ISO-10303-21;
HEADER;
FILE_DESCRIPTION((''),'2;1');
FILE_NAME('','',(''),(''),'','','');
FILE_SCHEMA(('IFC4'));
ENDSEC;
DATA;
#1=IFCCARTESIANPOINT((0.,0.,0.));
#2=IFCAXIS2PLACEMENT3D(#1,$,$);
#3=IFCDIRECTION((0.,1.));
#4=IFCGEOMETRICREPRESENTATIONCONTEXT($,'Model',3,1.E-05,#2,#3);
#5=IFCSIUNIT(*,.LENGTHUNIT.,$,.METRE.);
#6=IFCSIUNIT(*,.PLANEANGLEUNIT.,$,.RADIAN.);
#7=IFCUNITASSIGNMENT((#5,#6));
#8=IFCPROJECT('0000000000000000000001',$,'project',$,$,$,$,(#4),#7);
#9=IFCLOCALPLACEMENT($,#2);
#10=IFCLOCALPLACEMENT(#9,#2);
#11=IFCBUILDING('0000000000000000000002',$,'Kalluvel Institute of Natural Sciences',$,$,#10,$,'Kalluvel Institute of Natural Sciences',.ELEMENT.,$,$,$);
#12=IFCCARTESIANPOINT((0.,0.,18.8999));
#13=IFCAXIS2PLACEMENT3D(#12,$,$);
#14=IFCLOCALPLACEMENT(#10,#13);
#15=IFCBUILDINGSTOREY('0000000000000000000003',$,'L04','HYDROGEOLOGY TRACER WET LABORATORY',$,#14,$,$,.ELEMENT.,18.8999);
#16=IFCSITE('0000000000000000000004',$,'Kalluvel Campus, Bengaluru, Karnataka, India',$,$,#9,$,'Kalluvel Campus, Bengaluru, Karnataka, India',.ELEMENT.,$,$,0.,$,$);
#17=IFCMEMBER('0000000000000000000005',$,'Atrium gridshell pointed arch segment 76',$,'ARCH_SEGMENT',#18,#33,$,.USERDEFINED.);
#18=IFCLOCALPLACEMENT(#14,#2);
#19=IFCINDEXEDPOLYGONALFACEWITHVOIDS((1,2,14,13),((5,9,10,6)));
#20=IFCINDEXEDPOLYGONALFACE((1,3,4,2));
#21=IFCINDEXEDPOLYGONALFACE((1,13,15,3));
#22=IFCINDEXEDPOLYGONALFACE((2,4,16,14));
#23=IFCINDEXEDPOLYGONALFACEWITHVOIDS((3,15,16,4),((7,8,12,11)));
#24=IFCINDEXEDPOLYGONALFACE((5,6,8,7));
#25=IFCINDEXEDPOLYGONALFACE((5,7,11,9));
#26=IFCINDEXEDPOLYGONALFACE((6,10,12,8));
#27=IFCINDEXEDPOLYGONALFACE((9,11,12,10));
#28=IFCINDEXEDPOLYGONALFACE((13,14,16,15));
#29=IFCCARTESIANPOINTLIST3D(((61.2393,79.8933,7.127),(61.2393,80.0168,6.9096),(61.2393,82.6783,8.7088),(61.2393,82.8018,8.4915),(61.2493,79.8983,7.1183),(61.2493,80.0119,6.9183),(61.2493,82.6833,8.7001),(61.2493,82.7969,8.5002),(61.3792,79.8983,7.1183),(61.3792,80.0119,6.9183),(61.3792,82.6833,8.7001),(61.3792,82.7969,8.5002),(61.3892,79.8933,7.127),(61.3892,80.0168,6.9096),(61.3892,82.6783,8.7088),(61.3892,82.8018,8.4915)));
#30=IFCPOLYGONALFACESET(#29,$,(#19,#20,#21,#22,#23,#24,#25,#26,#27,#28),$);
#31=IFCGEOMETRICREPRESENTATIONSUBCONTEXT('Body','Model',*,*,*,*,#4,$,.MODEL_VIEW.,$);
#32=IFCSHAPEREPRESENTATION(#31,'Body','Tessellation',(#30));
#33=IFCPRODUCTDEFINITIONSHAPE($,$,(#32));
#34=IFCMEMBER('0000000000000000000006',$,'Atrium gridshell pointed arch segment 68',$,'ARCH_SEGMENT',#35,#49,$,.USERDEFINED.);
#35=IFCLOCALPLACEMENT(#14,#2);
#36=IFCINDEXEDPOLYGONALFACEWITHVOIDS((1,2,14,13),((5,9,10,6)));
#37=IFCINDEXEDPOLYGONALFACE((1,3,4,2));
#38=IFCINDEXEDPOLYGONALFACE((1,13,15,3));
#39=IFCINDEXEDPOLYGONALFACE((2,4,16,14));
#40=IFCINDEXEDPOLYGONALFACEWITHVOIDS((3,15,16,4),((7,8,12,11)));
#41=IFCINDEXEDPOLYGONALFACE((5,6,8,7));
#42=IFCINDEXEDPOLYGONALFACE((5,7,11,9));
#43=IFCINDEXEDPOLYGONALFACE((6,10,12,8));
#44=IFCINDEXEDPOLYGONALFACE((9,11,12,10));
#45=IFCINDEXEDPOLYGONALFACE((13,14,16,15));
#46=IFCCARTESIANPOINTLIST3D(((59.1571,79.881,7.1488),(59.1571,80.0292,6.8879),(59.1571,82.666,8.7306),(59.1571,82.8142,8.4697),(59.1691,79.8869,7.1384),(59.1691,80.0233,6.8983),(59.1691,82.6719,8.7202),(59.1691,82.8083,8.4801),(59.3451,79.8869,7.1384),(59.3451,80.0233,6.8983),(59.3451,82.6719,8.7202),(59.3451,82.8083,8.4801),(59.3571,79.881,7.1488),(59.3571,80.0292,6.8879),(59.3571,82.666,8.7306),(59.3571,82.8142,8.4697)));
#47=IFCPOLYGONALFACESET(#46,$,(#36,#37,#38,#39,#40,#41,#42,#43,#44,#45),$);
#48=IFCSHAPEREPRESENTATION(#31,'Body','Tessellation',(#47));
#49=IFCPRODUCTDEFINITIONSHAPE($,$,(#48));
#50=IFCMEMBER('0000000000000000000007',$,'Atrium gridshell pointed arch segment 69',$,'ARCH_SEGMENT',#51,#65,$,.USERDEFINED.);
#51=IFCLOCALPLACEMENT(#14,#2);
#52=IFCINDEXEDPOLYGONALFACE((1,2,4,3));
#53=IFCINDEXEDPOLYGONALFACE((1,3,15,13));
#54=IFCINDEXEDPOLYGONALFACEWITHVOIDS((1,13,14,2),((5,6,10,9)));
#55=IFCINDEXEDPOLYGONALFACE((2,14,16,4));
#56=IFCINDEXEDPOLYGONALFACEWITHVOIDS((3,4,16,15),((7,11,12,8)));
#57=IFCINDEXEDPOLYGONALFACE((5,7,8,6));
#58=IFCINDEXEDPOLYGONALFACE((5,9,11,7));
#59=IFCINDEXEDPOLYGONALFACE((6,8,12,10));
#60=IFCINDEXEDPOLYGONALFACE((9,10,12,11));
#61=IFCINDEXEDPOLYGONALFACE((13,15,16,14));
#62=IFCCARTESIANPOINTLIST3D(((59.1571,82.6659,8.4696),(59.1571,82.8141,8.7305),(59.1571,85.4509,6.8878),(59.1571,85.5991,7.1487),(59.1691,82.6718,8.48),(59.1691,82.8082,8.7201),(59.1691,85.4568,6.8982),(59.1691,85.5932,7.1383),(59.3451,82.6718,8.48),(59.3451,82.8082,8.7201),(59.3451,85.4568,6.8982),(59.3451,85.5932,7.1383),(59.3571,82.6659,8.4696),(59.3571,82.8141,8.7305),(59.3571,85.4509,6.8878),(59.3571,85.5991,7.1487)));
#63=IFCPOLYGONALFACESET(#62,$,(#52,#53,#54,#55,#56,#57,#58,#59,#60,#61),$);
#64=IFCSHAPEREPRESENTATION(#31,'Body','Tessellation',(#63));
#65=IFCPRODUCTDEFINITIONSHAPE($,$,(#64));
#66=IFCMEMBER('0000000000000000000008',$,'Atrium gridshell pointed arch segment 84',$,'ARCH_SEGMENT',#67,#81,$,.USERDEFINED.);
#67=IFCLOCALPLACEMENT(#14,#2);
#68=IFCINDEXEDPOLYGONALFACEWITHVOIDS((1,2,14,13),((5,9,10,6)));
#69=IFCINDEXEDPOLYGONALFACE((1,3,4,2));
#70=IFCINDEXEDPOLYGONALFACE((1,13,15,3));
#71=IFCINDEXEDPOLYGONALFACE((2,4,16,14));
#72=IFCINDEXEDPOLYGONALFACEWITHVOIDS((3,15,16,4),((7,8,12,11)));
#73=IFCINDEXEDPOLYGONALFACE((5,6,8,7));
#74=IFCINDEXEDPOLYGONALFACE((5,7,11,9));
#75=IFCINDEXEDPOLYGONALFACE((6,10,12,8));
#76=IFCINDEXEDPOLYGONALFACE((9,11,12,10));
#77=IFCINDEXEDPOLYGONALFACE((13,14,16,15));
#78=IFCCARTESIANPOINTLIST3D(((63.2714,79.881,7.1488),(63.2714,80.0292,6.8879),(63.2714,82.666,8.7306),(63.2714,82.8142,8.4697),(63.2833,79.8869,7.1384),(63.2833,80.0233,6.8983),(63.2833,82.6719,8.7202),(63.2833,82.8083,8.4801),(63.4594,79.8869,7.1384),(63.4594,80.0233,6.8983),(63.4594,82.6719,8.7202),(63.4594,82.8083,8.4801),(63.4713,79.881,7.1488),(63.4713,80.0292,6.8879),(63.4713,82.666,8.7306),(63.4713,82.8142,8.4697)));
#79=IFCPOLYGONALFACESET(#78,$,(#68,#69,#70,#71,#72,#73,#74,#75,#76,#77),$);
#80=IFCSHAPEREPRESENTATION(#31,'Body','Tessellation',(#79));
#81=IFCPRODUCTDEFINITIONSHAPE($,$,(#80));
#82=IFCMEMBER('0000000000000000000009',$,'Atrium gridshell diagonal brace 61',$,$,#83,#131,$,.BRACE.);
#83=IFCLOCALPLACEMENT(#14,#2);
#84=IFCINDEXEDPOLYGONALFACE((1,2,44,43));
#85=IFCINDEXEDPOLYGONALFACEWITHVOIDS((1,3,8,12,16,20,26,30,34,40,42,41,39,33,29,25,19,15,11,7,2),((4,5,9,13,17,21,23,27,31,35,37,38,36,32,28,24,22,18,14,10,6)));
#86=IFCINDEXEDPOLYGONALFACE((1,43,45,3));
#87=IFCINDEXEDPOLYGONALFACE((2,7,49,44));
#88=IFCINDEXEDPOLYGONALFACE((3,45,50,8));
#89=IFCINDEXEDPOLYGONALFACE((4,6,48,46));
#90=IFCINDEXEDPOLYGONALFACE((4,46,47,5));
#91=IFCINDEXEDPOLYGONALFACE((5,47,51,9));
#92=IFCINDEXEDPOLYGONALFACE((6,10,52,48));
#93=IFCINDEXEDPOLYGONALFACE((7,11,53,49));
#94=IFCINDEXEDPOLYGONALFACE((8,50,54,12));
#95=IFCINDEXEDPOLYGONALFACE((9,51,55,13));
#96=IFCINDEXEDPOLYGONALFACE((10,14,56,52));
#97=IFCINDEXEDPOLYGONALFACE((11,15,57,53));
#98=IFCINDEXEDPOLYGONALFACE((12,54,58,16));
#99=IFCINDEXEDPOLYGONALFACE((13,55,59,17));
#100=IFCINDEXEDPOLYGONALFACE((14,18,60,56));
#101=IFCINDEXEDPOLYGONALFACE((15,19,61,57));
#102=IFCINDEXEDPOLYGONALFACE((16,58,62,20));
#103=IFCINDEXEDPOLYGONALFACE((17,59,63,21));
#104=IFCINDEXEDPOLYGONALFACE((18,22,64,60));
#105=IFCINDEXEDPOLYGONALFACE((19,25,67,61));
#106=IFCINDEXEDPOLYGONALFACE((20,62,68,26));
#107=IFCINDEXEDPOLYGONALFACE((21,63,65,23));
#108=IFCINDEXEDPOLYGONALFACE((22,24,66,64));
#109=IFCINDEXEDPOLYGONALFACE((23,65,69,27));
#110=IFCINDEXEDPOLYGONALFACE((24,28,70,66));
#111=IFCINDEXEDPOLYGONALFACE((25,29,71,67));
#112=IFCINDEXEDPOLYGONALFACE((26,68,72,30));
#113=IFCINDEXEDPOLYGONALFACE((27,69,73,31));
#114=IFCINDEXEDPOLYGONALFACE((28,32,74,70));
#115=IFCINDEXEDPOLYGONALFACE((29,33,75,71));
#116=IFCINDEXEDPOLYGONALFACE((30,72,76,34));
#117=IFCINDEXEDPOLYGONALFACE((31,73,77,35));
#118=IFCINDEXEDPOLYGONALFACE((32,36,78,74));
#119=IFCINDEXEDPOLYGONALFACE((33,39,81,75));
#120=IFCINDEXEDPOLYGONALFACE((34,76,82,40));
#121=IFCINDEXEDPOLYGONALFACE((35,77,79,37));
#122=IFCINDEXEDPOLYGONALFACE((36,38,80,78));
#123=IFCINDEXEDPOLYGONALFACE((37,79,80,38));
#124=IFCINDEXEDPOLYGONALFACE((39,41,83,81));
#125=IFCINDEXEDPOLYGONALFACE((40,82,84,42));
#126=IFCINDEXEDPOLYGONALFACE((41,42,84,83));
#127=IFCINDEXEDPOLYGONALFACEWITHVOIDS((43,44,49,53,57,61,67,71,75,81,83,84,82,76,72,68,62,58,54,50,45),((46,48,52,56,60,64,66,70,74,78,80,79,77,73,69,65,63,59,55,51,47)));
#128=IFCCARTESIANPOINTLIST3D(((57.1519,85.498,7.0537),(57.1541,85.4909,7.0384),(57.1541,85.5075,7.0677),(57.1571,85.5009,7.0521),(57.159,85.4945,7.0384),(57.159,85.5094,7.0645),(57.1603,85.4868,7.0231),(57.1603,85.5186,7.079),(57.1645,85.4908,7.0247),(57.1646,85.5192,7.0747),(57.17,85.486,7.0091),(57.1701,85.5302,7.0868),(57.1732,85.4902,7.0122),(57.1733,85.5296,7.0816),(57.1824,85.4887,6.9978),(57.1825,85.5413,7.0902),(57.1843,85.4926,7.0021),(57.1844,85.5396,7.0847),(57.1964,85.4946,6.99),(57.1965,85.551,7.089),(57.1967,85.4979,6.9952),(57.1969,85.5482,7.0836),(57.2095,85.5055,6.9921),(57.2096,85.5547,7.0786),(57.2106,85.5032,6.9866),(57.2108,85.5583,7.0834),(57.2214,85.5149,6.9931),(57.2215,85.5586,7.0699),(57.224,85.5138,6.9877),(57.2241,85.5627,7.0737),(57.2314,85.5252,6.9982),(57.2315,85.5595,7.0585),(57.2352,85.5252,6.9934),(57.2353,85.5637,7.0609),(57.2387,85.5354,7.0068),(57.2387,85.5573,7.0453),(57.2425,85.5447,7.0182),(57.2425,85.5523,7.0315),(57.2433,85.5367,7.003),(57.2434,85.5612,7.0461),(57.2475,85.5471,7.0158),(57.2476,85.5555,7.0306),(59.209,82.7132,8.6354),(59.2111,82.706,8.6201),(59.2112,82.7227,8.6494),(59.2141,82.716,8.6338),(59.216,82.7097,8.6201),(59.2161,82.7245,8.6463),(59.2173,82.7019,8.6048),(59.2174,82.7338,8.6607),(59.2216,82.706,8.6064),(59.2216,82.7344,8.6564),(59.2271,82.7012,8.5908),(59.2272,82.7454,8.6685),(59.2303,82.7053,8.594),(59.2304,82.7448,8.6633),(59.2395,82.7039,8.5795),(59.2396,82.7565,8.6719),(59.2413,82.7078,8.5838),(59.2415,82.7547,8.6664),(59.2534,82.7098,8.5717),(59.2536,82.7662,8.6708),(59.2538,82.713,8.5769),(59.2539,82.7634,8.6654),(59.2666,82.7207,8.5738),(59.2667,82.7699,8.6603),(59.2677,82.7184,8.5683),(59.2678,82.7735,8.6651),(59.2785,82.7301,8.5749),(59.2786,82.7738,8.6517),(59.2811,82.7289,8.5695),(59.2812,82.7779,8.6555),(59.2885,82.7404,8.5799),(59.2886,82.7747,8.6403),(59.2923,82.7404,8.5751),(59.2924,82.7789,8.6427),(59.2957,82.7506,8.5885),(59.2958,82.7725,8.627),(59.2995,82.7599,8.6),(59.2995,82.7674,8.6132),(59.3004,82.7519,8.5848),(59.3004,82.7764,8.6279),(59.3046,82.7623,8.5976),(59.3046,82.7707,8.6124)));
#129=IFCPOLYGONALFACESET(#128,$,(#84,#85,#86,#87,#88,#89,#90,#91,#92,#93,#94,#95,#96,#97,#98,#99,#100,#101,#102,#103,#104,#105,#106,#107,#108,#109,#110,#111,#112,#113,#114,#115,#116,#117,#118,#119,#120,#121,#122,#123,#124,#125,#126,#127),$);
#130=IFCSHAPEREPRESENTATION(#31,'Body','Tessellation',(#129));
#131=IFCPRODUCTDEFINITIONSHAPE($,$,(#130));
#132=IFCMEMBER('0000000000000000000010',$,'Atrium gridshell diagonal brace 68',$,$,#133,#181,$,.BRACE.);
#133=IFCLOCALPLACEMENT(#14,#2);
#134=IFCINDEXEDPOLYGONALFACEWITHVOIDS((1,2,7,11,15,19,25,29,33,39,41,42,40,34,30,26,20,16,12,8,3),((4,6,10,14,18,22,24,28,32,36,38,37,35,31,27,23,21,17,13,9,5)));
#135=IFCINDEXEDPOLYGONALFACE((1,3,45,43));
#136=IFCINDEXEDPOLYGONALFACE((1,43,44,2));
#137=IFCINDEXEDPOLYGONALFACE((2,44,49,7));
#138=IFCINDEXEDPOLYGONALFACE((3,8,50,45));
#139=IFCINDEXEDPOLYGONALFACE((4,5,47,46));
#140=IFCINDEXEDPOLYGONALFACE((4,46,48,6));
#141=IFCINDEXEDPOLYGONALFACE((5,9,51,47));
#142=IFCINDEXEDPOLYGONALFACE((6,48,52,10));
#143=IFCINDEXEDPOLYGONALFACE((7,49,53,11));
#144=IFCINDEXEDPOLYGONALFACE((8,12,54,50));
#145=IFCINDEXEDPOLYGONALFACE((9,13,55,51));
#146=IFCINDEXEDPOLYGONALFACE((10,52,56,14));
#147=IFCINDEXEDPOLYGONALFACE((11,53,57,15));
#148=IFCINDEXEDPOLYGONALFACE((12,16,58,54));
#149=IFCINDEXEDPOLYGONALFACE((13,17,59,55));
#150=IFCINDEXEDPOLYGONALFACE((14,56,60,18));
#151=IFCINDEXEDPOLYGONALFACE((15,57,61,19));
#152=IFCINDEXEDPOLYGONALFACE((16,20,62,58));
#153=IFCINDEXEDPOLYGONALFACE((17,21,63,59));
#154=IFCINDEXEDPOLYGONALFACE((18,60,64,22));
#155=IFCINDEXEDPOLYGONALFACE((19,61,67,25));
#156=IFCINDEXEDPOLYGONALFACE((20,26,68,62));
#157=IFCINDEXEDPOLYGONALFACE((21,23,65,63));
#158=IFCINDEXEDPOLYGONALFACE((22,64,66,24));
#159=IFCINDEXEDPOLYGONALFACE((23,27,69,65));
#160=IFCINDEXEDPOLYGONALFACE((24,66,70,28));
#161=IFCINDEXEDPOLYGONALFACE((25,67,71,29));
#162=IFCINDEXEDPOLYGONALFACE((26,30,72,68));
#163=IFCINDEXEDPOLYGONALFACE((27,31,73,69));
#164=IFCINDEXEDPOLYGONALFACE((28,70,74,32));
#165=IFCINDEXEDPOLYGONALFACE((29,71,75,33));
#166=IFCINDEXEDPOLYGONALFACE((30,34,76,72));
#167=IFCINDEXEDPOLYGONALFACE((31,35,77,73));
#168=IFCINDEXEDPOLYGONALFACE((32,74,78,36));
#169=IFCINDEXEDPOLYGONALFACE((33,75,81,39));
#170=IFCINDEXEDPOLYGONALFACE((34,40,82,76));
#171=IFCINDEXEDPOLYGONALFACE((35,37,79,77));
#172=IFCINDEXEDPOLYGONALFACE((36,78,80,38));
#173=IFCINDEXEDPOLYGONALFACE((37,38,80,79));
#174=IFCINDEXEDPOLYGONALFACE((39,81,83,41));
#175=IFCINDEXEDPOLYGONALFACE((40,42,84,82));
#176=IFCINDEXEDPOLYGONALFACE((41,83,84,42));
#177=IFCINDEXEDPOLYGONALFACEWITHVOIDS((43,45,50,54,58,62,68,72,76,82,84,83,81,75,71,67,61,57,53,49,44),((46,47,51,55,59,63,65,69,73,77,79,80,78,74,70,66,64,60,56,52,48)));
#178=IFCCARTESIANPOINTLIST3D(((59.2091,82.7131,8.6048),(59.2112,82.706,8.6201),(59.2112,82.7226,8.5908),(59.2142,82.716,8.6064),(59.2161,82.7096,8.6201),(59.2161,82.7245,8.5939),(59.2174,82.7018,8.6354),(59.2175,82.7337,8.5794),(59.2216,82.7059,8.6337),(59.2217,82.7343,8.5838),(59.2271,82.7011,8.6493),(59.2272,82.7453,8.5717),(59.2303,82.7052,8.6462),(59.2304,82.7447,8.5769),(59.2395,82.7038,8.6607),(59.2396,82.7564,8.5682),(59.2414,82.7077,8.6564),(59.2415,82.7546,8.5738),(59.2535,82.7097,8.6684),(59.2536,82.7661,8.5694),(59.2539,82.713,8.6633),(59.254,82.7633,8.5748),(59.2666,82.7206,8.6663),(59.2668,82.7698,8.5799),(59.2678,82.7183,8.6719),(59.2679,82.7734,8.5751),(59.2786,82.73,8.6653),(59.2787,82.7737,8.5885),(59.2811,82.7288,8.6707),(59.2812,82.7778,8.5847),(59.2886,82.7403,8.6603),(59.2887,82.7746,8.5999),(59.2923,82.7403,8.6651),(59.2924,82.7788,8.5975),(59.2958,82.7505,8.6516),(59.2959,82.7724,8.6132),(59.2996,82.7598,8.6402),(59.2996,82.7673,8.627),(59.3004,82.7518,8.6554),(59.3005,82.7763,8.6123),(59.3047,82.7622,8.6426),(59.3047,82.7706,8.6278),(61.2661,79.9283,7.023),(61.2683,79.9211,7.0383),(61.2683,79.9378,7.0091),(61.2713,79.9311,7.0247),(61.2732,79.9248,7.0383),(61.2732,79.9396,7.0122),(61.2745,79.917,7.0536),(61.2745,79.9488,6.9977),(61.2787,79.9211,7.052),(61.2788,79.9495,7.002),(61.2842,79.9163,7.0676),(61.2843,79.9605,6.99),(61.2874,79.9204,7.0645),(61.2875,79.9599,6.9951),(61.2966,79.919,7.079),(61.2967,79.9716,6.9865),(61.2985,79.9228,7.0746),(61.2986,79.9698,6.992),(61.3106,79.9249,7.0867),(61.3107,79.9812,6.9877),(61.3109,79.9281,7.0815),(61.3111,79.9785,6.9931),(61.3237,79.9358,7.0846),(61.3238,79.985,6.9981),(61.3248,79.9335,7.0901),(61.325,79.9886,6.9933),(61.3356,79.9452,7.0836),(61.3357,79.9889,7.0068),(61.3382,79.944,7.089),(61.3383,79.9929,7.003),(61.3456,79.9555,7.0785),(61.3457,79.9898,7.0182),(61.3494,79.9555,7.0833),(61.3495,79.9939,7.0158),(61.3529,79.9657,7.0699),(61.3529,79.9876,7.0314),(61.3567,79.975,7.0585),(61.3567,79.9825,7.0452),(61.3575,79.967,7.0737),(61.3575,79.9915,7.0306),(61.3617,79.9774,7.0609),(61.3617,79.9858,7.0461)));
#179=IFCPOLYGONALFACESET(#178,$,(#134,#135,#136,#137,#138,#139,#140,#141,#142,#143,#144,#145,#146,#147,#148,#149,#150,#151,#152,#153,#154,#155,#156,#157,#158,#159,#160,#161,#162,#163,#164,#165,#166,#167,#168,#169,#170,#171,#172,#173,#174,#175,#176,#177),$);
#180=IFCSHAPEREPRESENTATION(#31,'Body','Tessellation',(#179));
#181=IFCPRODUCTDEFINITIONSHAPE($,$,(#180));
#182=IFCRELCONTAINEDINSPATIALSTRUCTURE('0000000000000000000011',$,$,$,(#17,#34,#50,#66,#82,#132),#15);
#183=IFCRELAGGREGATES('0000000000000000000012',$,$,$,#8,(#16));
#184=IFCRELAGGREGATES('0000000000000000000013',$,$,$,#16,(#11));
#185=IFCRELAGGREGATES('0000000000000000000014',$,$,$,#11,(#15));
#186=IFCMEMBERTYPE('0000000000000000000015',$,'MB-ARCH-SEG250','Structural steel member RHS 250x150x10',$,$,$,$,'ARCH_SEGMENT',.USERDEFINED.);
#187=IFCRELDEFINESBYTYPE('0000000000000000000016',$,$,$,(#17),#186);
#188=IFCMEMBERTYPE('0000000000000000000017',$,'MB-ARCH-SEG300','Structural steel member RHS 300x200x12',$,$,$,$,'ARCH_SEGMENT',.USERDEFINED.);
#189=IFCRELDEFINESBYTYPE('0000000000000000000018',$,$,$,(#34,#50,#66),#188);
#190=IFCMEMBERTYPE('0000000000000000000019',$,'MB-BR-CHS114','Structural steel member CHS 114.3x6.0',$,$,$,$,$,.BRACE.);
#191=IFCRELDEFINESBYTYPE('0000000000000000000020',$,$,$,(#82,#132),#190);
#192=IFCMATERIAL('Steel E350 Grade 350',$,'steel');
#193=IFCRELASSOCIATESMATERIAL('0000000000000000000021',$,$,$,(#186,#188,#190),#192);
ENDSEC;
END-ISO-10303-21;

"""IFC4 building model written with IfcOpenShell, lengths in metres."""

from ifc_helpers import new_model, si_unit, direction, frame, origin, origin_2d, place, context, subcontext, project, spatial, hollow_rectangle, hollow_circle, extrude, material, material_profile, profile_set, type_object, element, save


model = new_model("IFC4")

# Units and contexts
model_context = context("Model", 3, precision=1e-05, world=origin(), true_north=direction((0.0, 1.0)))
body_context = subcontext(model_context, "Body", "Model", "MODEL_VIEW")
ifc_project = project(units=[si_unit("LENGTHUNIT", "METRE"), si_unit("PLANEANGLEUNIT", "RADIAN")], contexts=[model_context])

# Site, building, storey
site_placement = place(None, origin())
site = spatial("IfcSite", under=ifc_project, at=site_placement, Name="Kalluvel Campus, Bengaluru, Karnataka, India", LongName="Kalluvel Campus, Bengaluru, Karnataka, India", CompositionType="ELEMENT", RefElevation=0.0)
building_placement = place(site_placement, origin())
building = spatial("IfcBuilding", under=site, at=building_placement, Name="Kalluvel Institute of Natural Sciences", LongName="Kalluvel Institute of Natural Sciences", CompositionType="ELEMENT")
storey_placement = place(building_placement, frame((0.0, 0.0, 18.8999)))
storey = spatial("IfcBuildingStorey", under=building, at=storey_placement, Name="L04", Description="HYDROGEOLOGY TRACER WET LABORATORY", CompositionType="ELEMENT", Elevation=18.8999)

# Members
ifc_material_1 = material(Name="Steel E350 Grade 350", Category="steel")
ifc_material_profile_1 = material_profile(ifc_material_1, hollow_rectangle(XDim=0.1499, YDim=0.25, WallThickness=0.01, at=origin_2d()), Name="RHS 250x150x10")
ifc_profile_set_1 = profile_set([ifc_material_profile_1], Name="Steel E350 Grade 350")
member_type_1 = type_object("IfcMemberType", Name="MB-ARCH-SEG250", Description="Structural steel member RHS 250x150x10", ElementType="ARCH_SEGMENT", PredefinedType="USERDEFINED", material=ifc_profile_set_1)
member_1_placement = place(storey_placement, frame((61.3142, 79.9551, 7.0183), z_axis=(0.0, 0.86953, 0.49388), x_axis=(-1.0, 0.0, 0.0)))
element("IfcMember", 1, at=member_1_placement, inside=storey, type_object=member_type_1, Name="Atrium gridshell pointed arch segment 76", ObjectType="ARCH_SEGMENT", PredefinedType="USERDEFINED", context=body_context, shape_type="SweptSolid", body=[
    extrude(hollow_rectangle(XDim=0.1499, YDim=0.25, WallThickness=0.01, at=origin_2d()), origin(), (0.0, 0.0, 1.0), 3.2029),
])
ifc_material_profile_2 = material_profile(ifc_material_1, hollow_rectangle(XDim=0.2, YDim=0.3, WallThickness=0.012, at=origin_2d()), Name="RHS 300x200x12")
ifc_profile_set_2 = profile_set([ifc_material_profile_2], Name="Steel E350 Grade 350")
member_type_2 = type_object("IfcMemberType", Name="MB-ARCH-SEG300", Description="Structural steel member RHS 300x200x12", ElementType="ARCH_SEGMENT", PredefinedType="USERDEFINED", material=ifc_profile_set_2)
for number, where, z_axis, x_axis, name in (
    (2, (59.2571, 79.9551, 7.0183), (0.0, 0.86953, 0.49388), (-1.0, 0.0, 0.0), "Atrium gridshell pointed arch segment 68"),
    (3, (59.2571, 82.74, 8.6001), (0.0, 0.86953, -0.49388), (-1.0, 0.0, 0.0), "Atrium gridshell pointed arch segment 69"),
    (4, (63.3713, 79.9551, 7.0183), (0.0, 0.86953, 0.49388), (-1.0, 0.0, 0.0), "Atrium gridshell pointed arch segment 84"),
):
    element("IfcMember", number, at=place(storey_placement, frame(where, z_axis=z_axis, x_axis=x_axis)), inside=storey, type_object=member_type_2, Name=name, ObjectType="ARCH_SEGMENT", PredefinedType="USERDEFINED", context=body_context, shape_type="SweptSolid", body=[
        extrude(hollow_rectangle(XDim=0.2, YDim=0.3, WallThickness=0.012, at=origin_2d()), origin(), (0.0, 0.0, 1.0), 3.2029),
    ])
ifc_material_profile_3 = material_profile(ifc_material_1, hollow_circle(Radius=0.0571, WallThickness=0.0061, at=origin_2d()), Name="CHS 114.3x6.0")
ifc_profile_set_3 = profile_set([ifc_material_profile_3], Name="Steel E350 Grade 350")
member_type_3 = type_object("IfcMemberType", Name="MB-BR-CHS114", Description="Structural steel member CHS 114.3x6.0", PredefinedType="BRACE", material=ifc_profile_set_3)
for number, where, z_axis, x_axis, name in (
    (5, (59.2571, 82.74, 8.6201), (-0.540423, 0.731617, -0.415547), (-0.804353, -0.594151, 0.0), "Atrium gridshell diagonal brace 61"),
    (6, (61.3142, 79.9551, 7.0383), (-0.540423, 0.731617, 0.415547), (-0.804353, -0.594151, 0.0), "Atrium gridshell diagonal brace 68"),
):
    element("IfcMember", number, at=place(storey_placement, frame(where, z_axis=z_axis, x_axis=x_axis)), inside=storey, type_object=member_type_3, Name=name, PredefinedType="BRACE", context=body_context, shape_type="SweptSolid", body=[
        extrude(hollow_circle(Radius=0.0571, WallThickness=0.0061, at=origin_2d()), origin(), (0.0, 0.0, 1.0), 3.8064),
    ])

save(model, "model.ifc")
